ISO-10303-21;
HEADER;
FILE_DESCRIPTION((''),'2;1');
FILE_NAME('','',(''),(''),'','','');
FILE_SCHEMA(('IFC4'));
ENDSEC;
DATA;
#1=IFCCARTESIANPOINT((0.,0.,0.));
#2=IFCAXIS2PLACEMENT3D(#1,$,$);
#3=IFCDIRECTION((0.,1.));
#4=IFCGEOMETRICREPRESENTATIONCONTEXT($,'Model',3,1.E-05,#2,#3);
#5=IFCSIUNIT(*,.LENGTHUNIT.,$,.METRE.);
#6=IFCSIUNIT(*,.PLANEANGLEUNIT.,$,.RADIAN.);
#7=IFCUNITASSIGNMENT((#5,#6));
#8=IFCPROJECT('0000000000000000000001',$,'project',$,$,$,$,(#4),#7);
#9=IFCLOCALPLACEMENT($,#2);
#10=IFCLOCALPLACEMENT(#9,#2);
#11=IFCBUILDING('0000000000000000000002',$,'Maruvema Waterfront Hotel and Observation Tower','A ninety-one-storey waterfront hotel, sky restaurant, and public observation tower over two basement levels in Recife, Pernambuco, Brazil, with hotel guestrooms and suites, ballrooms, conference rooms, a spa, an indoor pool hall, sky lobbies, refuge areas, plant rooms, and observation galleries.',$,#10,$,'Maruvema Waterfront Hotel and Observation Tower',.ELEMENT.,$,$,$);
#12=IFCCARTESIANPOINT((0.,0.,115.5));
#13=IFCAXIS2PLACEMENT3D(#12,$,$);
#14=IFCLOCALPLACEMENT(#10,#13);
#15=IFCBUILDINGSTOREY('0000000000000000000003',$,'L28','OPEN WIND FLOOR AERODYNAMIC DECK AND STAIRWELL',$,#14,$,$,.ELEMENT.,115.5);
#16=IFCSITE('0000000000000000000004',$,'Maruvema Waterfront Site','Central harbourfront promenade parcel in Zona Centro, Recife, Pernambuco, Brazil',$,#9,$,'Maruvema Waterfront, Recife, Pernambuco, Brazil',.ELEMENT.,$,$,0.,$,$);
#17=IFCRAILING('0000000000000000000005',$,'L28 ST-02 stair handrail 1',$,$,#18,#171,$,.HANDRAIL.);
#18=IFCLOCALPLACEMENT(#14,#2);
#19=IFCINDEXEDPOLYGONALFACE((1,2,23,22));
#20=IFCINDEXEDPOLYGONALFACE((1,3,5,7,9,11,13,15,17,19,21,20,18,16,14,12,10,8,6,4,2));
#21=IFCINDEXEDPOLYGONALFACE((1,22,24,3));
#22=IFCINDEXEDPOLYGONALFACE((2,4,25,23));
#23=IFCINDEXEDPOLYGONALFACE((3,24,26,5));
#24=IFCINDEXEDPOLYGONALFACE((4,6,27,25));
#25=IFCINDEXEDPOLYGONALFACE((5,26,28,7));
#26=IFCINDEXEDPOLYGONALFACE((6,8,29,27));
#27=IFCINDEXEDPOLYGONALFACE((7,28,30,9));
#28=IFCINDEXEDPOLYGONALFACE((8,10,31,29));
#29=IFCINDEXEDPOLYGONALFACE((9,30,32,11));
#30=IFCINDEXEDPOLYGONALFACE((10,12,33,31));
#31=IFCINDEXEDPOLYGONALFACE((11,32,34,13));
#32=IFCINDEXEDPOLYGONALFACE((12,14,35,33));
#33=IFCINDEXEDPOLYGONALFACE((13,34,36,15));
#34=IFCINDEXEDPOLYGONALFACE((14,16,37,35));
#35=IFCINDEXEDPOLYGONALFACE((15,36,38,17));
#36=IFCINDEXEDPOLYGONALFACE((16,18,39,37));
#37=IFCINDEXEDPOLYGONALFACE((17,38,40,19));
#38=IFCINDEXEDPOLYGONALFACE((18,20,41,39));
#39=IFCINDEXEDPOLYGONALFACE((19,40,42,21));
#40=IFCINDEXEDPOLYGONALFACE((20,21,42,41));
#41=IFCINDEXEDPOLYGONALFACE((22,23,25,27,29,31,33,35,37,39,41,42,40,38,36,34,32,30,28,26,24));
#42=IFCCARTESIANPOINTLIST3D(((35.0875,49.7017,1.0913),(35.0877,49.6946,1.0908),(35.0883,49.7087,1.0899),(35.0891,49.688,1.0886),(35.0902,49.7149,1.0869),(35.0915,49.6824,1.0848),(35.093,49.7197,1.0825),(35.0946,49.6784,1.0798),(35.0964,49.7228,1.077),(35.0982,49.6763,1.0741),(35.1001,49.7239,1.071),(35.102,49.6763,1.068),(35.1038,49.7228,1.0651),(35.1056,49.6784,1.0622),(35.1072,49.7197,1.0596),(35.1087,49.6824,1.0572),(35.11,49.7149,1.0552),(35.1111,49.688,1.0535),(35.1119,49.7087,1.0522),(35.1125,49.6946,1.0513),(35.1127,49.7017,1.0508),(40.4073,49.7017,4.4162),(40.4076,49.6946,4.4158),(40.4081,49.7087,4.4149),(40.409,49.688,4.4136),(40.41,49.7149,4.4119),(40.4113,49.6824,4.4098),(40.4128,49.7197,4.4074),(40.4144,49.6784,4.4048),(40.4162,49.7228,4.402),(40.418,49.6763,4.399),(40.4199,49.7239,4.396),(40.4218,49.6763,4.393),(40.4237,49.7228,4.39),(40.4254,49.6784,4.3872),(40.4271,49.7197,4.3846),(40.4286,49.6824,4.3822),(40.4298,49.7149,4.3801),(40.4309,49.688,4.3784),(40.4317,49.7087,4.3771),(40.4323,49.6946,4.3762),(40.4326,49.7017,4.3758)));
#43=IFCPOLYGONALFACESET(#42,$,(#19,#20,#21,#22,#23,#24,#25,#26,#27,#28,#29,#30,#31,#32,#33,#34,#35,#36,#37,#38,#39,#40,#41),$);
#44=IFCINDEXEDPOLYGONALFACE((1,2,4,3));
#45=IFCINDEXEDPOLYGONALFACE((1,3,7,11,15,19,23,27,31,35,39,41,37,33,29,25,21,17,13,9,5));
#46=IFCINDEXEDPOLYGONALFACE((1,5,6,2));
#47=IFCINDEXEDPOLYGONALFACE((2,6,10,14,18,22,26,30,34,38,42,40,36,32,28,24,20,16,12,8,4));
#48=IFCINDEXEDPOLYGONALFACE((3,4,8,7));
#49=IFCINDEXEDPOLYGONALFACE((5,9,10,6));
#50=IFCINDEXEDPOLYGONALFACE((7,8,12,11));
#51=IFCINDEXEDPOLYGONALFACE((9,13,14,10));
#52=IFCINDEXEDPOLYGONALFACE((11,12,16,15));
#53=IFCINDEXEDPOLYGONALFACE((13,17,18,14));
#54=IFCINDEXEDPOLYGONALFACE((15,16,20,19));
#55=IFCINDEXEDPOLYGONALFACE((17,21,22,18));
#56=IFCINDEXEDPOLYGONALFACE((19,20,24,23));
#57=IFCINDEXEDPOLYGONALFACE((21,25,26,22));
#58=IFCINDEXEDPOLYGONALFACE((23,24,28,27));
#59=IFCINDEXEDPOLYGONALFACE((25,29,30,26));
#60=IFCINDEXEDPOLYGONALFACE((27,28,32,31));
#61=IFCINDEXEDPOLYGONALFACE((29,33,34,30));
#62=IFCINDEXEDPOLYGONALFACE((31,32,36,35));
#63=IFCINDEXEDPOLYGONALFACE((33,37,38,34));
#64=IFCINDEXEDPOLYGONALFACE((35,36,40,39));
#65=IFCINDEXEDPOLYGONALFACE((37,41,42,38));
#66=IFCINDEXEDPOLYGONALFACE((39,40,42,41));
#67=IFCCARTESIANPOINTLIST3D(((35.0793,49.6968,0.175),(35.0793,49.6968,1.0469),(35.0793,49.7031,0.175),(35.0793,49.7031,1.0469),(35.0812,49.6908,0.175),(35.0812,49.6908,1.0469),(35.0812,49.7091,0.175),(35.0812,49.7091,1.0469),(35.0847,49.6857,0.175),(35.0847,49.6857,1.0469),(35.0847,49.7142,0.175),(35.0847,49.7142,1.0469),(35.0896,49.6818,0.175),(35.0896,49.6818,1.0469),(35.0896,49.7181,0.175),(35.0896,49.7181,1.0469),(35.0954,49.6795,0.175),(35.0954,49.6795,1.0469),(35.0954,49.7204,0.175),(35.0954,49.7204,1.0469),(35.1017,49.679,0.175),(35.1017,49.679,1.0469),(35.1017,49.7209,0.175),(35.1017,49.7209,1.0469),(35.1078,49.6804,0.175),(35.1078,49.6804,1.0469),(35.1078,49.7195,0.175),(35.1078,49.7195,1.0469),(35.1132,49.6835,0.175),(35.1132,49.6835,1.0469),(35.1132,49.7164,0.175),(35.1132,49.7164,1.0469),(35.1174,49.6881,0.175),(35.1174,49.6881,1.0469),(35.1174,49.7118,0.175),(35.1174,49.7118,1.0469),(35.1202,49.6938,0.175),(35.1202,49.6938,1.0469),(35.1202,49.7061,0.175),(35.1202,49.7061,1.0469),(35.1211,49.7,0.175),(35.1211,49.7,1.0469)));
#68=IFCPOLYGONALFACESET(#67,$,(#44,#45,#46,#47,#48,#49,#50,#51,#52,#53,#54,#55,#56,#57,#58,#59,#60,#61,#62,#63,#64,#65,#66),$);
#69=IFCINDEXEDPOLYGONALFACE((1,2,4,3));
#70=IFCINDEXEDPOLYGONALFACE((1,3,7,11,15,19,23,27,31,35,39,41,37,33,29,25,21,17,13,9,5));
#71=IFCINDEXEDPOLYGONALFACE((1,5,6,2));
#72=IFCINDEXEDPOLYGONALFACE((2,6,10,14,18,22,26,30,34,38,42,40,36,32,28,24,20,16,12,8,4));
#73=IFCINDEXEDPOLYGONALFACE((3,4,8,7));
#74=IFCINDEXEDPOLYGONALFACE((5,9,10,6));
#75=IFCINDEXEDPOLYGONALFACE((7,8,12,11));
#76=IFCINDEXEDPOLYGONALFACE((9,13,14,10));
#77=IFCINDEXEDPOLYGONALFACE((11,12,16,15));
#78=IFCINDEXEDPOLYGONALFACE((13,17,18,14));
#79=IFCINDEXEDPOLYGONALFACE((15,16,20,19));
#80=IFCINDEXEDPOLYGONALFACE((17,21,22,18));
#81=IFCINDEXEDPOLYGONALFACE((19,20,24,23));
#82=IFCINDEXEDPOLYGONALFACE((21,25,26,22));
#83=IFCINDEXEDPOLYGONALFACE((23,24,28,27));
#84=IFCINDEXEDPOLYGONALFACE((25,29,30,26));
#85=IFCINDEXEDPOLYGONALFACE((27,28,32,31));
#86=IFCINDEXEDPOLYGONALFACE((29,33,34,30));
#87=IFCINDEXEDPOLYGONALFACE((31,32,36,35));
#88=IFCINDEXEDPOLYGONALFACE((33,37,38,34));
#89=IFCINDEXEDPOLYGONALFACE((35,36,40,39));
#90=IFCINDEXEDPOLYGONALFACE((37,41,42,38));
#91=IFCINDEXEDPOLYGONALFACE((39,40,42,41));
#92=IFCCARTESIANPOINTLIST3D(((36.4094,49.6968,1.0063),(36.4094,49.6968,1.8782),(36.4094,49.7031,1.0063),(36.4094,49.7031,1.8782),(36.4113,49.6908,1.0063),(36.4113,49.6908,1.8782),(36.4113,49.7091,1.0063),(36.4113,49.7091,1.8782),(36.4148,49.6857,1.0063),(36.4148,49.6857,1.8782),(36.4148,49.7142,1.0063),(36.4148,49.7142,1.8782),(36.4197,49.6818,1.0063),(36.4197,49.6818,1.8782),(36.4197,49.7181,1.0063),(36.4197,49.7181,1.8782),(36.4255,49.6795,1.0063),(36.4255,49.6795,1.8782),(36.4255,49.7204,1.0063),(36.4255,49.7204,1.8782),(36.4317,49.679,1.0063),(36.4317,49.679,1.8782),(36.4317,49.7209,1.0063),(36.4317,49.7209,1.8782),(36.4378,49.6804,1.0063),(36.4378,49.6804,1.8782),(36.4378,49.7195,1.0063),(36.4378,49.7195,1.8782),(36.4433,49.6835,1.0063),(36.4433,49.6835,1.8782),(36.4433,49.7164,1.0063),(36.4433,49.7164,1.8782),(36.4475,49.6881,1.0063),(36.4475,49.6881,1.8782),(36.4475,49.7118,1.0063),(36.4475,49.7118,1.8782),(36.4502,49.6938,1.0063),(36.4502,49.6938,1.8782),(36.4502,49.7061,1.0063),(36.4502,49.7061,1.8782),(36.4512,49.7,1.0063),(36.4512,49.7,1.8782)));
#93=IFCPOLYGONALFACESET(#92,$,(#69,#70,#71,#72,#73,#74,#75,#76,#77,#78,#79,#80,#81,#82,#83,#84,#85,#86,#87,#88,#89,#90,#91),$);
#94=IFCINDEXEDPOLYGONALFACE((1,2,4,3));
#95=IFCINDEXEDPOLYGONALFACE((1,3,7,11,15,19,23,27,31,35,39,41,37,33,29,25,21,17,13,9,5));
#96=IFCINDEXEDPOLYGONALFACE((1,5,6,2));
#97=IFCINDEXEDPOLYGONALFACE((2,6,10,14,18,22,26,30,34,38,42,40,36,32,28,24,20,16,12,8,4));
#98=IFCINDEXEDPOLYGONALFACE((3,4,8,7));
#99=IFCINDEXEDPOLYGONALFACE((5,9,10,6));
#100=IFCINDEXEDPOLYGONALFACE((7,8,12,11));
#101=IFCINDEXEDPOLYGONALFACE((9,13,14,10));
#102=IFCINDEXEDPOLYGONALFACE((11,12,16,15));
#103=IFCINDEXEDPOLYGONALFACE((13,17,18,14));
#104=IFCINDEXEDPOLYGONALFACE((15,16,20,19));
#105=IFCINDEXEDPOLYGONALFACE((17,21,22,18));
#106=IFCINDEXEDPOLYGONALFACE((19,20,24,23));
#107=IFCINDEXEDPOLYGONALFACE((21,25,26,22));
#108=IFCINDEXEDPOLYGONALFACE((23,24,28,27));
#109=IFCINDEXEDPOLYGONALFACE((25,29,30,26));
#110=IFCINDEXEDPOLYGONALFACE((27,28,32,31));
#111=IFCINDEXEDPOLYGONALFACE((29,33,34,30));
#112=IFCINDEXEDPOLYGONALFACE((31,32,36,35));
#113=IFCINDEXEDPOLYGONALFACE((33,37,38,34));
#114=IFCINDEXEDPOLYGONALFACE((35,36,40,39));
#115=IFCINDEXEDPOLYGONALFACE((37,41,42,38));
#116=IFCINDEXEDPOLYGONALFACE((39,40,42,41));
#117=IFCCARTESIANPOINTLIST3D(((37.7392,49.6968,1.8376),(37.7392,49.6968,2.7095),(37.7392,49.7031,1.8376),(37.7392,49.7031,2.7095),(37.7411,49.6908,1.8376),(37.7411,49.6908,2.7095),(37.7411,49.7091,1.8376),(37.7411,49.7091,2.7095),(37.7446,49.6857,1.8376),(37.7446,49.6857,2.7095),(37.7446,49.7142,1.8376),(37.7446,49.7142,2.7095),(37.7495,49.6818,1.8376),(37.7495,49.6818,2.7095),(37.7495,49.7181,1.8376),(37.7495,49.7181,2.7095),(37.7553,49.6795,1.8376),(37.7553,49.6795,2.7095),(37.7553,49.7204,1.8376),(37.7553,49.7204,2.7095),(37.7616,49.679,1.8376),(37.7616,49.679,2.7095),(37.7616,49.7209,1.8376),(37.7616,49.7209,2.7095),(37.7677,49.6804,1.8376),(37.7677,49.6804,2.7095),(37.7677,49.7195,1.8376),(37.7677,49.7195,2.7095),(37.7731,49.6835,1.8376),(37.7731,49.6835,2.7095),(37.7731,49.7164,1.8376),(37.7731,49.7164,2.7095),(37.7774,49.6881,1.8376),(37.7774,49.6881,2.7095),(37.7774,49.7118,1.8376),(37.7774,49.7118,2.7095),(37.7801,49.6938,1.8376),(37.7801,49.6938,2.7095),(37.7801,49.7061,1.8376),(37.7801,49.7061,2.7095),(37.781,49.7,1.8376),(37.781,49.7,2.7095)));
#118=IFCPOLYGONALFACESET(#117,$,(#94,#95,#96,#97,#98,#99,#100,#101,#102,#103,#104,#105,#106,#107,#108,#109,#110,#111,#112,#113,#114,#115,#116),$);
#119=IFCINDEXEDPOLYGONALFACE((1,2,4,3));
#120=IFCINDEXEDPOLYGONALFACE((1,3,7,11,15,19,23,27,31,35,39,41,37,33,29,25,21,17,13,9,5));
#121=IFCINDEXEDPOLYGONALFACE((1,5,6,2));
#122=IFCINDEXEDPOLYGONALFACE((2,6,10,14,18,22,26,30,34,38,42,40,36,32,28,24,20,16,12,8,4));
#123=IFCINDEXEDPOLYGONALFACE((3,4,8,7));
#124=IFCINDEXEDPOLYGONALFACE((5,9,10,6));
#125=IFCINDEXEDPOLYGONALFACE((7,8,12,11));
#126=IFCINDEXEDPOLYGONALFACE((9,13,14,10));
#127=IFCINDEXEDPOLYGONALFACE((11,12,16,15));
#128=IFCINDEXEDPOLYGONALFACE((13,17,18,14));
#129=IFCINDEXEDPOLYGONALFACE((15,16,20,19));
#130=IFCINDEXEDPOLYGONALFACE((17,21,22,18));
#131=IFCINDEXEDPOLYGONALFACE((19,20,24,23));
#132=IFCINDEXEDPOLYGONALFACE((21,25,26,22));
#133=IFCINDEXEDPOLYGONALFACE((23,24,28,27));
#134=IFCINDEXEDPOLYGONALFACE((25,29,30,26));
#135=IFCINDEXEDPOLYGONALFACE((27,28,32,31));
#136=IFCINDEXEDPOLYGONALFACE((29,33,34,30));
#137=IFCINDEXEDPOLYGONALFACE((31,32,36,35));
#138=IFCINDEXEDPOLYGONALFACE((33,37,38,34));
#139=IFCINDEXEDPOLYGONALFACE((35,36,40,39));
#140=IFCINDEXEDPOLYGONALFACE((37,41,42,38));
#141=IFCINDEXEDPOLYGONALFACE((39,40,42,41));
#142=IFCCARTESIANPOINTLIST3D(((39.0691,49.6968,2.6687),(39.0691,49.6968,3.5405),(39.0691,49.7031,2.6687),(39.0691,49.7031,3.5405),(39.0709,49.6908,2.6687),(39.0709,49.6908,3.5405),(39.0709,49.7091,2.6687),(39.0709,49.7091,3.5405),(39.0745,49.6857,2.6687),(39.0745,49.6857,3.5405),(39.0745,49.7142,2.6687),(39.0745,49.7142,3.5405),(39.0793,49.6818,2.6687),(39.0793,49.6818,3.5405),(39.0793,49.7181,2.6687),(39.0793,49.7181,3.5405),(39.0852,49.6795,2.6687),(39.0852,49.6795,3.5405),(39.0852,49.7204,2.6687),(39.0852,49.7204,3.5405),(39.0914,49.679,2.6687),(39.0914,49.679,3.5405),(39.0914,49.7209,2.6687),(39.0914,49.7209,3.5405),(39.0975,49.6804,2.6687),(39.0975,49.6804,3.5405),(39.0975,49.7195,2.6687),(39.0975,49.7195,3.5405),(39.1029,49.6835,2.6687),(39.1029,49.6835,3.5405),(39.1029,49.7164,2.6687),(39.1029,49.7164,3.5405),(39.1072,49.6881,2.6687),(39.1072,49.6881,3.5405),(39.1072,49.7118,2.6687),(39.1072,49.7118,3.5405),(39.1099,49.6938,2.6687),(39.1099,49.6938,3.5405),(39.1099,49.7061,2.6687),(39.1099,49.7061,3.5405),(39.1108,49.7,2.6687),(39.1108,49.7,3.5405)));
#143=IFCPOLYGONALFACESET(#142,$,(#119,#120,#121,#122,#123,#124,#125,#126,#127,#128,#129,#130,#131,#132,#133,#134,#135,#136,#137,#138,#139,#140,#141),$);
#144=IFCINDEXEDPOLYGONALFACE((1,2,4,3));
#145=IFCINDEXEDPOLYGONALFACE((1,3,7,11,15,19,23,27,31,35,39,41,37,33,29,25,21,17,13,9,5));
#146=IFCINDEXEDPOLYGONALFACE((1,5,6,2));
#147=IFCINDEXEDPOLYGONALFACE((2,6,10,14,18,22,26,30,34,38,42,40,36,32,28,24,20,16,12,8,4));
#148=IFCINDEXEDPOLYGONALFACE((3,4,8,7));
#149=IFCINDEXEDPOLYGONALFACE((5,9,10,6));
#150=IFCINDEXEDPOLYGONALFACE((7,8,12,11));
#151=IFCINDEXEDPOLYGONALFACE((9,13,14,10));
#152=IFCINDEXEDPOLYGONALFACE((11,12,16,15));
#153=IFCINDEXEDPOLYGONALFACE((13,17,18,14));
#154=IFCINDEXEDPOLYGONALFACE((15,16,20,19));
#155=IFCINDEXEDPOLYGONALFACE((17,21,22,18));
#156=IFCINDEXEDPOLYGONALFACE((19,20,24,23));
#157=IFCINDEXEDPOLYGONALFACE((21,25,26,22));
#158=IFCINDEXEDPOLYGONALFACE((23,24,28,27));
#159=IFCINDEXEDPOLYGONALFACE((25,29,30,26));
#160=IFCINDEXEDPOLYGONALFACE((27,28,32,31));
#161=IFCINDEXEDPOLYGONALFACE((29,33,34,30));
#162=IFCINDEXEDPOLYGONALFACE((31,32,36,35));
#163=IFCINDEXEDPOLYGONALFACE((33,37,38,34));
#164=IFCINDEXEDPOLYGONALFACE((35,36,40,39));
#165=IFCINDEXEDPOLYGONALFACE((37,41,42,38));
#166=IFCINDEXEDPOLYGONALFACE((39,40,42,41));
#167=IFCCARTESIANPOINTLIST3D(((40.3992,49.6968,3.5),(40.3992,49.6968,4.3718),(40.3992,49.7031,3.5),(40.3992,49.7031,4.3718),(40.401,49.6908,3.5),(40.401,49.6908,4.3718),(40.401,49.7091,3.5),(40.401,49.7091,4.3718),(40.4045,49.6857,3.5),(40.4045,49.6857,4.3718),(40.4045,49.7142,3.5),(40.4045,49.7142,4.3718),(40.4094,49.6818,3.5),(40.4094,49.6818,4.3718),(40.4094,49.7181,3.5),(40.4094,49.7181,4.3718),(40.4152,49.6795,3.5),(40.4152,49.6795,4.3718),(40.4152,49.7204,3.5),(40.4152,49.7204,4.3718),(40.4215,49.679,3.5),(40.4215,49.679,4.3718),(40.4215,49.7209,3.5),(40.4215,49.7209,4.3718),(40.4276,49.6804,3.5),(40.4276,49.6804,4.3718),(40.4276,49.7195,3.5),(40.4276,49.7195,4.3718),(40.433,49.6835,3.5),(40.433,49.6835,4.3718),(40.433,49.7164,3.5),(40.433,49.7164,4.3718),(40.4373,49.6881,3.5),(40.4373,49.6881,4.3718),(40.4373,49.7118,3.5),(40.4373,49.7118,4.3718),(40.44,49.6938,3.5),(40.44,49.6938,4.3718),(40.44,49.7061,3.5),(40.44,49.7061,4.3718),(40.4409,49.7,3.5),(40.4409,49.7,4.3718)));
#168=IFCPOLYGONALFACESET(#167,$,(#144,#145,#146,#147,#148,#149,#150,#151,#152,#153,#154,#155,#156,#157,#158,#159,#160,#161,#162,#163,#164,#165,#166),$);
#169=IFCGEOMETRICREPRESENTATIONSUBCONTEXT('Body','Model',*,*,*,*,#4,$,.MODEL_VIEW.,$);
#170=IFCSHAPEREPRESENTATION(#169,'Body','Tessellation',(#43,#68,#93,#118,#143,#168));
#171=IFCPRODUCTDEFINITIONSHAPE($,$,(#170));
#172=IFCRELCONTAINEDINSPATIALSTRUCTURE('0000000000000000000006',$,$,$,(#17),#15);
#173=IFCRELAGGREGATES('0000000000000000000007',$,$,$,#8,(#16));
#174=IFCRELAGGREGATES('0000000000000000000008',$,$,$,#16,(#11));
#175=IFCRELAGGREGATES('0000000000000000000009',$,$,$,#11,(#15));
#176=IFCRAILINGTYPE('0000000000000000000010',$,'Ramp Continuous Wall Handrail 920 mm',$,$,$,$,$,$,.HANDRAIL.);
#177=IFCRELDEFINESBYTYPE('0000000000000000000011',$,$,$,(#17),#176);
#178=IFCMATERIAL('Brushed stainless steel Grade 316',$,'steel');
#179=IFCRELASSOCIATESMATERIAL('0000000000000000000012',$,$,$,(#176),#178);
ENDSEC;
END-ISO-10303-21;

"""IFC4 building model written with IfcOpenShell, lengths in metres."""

from ifc_helpers import new_model, si_unit, direction, frame, origin, origin_2d, place, context, subcontext, project, spatial, circle, extrude, material, type_object, element, save


model = new_model("IFC4")

# Units and contexts
model_context = context("Model", 3, precision=1e-05, world=origin(), true_north=direction((0.0, 1.0)))
body_context = subcontext(model_context, "Body", "Model", "MODEL_VIEW")
ifc_project = project(units=[si_unit("LENGTHUNIT", "METRE"), si_unit("PLANEANGLEUNIT", "RADIAN")], contexts=[model_context])

# Site, building, storey
site_placement = place(None, origin())
site = spatial("IfcSite", under=ifc_project, at=site_placement, Name="Maruvema Waterfront Site", Description="Central harbourfront promenade parcel in Zona Centro, Recife, Pernambuco, Brazil", LongName="Maruvema Waterfront, Recife, Pernambuco, Brazil", CompositionType="ELEMENT", RefElevation=0.0)
building_placement = place(site_placement, origin())
building = spatial("IfcBuilding", under=site, at=building_placement, Name="Maruvema Waterfront Hotel and Observation Tower", Description="A ninety-one-storey waterfront hotel, sky restaurant, and public observation tower over two basement levels in Recife, Pernambuco, Brazil, with hotel guestrooms and suites, ballrooms, conference rooms, a spa, an indoor pool hall, sky lobbies, refuge areas, plant rooms, and observation galleries.", LongName="Maruvema Waterfront Hotel and Observation Tower", CompositionType="ELEMENT")
storey_placement = place(building_placement, frame((0.0, 0.0, 115.5)))
storey = spatial("IfcBuildingStorey", under=building, at=storey_placement, Name="L28", Description="OPEN WIND FLOOR AERODYNAMIC DECK AND STAIRWELL", CompositionType="ELEMENT", Elevation=115.5)

# Railing
ifc_material_1 = material(Name="Brushed stainless steel Grade 316", Category="steel")
railing_type_1 = type_object("IfcRailingType", Name="Ramp Continuous Wall Handrail 920 mm", PredefinedType="HANDRAIL", material=ifc_material_1)
railing_1_placement = place(storey_placement, frame((35.1001, 49.7, 0.175)))
element("IfcRailing", 1, at=railing_1_placement, inside=storey, type_object=railing_type_1, Name="L28 ST-02 stair handrail 1", PredefinedType="HANDRAIL", context=body_context, shape_type="SweptSolid", body=[
    extrude(circle(Radius=0.0239, at=origin_2d()), frame((0.0, 0.0, 0.896), z_axis=(0.847994, 0.0, 0.530006), x_axis=(0.0, 1.0, 0.0)), (0.0, 0.0, 1.0), 6.2734),
    extrude(circle(Radius=0.021, at=origin_2d()), origin(), (0.0, 0.0, 1.0), 0.8718),
    extrude(circle(Radius=0.021, at=origin_2d()), frame((1.3301, 0.0, 0.8313)), (0.0, 0.0, 1.0), 0.8718),
    extrude(circle(Radius=0.021, at=origin_2d()), frame((2.6599, 0.0, 1.6626)), (0.0, 0.0, 1.0), 0.8718),
    extrude(circle(Radius=0.021, at=origin_2d()), frame((3.9897, 0.0, 2.4937)), (0.0, 0.0, 1.0), 0.8718),
    extrude(circle(Radius=0.021, at=origin_2d()), frame((5.3198, 0.0, 3.325)), (0.0, 0.0, 1.0), 0.8718),
])

save(model, "model.ifc")
